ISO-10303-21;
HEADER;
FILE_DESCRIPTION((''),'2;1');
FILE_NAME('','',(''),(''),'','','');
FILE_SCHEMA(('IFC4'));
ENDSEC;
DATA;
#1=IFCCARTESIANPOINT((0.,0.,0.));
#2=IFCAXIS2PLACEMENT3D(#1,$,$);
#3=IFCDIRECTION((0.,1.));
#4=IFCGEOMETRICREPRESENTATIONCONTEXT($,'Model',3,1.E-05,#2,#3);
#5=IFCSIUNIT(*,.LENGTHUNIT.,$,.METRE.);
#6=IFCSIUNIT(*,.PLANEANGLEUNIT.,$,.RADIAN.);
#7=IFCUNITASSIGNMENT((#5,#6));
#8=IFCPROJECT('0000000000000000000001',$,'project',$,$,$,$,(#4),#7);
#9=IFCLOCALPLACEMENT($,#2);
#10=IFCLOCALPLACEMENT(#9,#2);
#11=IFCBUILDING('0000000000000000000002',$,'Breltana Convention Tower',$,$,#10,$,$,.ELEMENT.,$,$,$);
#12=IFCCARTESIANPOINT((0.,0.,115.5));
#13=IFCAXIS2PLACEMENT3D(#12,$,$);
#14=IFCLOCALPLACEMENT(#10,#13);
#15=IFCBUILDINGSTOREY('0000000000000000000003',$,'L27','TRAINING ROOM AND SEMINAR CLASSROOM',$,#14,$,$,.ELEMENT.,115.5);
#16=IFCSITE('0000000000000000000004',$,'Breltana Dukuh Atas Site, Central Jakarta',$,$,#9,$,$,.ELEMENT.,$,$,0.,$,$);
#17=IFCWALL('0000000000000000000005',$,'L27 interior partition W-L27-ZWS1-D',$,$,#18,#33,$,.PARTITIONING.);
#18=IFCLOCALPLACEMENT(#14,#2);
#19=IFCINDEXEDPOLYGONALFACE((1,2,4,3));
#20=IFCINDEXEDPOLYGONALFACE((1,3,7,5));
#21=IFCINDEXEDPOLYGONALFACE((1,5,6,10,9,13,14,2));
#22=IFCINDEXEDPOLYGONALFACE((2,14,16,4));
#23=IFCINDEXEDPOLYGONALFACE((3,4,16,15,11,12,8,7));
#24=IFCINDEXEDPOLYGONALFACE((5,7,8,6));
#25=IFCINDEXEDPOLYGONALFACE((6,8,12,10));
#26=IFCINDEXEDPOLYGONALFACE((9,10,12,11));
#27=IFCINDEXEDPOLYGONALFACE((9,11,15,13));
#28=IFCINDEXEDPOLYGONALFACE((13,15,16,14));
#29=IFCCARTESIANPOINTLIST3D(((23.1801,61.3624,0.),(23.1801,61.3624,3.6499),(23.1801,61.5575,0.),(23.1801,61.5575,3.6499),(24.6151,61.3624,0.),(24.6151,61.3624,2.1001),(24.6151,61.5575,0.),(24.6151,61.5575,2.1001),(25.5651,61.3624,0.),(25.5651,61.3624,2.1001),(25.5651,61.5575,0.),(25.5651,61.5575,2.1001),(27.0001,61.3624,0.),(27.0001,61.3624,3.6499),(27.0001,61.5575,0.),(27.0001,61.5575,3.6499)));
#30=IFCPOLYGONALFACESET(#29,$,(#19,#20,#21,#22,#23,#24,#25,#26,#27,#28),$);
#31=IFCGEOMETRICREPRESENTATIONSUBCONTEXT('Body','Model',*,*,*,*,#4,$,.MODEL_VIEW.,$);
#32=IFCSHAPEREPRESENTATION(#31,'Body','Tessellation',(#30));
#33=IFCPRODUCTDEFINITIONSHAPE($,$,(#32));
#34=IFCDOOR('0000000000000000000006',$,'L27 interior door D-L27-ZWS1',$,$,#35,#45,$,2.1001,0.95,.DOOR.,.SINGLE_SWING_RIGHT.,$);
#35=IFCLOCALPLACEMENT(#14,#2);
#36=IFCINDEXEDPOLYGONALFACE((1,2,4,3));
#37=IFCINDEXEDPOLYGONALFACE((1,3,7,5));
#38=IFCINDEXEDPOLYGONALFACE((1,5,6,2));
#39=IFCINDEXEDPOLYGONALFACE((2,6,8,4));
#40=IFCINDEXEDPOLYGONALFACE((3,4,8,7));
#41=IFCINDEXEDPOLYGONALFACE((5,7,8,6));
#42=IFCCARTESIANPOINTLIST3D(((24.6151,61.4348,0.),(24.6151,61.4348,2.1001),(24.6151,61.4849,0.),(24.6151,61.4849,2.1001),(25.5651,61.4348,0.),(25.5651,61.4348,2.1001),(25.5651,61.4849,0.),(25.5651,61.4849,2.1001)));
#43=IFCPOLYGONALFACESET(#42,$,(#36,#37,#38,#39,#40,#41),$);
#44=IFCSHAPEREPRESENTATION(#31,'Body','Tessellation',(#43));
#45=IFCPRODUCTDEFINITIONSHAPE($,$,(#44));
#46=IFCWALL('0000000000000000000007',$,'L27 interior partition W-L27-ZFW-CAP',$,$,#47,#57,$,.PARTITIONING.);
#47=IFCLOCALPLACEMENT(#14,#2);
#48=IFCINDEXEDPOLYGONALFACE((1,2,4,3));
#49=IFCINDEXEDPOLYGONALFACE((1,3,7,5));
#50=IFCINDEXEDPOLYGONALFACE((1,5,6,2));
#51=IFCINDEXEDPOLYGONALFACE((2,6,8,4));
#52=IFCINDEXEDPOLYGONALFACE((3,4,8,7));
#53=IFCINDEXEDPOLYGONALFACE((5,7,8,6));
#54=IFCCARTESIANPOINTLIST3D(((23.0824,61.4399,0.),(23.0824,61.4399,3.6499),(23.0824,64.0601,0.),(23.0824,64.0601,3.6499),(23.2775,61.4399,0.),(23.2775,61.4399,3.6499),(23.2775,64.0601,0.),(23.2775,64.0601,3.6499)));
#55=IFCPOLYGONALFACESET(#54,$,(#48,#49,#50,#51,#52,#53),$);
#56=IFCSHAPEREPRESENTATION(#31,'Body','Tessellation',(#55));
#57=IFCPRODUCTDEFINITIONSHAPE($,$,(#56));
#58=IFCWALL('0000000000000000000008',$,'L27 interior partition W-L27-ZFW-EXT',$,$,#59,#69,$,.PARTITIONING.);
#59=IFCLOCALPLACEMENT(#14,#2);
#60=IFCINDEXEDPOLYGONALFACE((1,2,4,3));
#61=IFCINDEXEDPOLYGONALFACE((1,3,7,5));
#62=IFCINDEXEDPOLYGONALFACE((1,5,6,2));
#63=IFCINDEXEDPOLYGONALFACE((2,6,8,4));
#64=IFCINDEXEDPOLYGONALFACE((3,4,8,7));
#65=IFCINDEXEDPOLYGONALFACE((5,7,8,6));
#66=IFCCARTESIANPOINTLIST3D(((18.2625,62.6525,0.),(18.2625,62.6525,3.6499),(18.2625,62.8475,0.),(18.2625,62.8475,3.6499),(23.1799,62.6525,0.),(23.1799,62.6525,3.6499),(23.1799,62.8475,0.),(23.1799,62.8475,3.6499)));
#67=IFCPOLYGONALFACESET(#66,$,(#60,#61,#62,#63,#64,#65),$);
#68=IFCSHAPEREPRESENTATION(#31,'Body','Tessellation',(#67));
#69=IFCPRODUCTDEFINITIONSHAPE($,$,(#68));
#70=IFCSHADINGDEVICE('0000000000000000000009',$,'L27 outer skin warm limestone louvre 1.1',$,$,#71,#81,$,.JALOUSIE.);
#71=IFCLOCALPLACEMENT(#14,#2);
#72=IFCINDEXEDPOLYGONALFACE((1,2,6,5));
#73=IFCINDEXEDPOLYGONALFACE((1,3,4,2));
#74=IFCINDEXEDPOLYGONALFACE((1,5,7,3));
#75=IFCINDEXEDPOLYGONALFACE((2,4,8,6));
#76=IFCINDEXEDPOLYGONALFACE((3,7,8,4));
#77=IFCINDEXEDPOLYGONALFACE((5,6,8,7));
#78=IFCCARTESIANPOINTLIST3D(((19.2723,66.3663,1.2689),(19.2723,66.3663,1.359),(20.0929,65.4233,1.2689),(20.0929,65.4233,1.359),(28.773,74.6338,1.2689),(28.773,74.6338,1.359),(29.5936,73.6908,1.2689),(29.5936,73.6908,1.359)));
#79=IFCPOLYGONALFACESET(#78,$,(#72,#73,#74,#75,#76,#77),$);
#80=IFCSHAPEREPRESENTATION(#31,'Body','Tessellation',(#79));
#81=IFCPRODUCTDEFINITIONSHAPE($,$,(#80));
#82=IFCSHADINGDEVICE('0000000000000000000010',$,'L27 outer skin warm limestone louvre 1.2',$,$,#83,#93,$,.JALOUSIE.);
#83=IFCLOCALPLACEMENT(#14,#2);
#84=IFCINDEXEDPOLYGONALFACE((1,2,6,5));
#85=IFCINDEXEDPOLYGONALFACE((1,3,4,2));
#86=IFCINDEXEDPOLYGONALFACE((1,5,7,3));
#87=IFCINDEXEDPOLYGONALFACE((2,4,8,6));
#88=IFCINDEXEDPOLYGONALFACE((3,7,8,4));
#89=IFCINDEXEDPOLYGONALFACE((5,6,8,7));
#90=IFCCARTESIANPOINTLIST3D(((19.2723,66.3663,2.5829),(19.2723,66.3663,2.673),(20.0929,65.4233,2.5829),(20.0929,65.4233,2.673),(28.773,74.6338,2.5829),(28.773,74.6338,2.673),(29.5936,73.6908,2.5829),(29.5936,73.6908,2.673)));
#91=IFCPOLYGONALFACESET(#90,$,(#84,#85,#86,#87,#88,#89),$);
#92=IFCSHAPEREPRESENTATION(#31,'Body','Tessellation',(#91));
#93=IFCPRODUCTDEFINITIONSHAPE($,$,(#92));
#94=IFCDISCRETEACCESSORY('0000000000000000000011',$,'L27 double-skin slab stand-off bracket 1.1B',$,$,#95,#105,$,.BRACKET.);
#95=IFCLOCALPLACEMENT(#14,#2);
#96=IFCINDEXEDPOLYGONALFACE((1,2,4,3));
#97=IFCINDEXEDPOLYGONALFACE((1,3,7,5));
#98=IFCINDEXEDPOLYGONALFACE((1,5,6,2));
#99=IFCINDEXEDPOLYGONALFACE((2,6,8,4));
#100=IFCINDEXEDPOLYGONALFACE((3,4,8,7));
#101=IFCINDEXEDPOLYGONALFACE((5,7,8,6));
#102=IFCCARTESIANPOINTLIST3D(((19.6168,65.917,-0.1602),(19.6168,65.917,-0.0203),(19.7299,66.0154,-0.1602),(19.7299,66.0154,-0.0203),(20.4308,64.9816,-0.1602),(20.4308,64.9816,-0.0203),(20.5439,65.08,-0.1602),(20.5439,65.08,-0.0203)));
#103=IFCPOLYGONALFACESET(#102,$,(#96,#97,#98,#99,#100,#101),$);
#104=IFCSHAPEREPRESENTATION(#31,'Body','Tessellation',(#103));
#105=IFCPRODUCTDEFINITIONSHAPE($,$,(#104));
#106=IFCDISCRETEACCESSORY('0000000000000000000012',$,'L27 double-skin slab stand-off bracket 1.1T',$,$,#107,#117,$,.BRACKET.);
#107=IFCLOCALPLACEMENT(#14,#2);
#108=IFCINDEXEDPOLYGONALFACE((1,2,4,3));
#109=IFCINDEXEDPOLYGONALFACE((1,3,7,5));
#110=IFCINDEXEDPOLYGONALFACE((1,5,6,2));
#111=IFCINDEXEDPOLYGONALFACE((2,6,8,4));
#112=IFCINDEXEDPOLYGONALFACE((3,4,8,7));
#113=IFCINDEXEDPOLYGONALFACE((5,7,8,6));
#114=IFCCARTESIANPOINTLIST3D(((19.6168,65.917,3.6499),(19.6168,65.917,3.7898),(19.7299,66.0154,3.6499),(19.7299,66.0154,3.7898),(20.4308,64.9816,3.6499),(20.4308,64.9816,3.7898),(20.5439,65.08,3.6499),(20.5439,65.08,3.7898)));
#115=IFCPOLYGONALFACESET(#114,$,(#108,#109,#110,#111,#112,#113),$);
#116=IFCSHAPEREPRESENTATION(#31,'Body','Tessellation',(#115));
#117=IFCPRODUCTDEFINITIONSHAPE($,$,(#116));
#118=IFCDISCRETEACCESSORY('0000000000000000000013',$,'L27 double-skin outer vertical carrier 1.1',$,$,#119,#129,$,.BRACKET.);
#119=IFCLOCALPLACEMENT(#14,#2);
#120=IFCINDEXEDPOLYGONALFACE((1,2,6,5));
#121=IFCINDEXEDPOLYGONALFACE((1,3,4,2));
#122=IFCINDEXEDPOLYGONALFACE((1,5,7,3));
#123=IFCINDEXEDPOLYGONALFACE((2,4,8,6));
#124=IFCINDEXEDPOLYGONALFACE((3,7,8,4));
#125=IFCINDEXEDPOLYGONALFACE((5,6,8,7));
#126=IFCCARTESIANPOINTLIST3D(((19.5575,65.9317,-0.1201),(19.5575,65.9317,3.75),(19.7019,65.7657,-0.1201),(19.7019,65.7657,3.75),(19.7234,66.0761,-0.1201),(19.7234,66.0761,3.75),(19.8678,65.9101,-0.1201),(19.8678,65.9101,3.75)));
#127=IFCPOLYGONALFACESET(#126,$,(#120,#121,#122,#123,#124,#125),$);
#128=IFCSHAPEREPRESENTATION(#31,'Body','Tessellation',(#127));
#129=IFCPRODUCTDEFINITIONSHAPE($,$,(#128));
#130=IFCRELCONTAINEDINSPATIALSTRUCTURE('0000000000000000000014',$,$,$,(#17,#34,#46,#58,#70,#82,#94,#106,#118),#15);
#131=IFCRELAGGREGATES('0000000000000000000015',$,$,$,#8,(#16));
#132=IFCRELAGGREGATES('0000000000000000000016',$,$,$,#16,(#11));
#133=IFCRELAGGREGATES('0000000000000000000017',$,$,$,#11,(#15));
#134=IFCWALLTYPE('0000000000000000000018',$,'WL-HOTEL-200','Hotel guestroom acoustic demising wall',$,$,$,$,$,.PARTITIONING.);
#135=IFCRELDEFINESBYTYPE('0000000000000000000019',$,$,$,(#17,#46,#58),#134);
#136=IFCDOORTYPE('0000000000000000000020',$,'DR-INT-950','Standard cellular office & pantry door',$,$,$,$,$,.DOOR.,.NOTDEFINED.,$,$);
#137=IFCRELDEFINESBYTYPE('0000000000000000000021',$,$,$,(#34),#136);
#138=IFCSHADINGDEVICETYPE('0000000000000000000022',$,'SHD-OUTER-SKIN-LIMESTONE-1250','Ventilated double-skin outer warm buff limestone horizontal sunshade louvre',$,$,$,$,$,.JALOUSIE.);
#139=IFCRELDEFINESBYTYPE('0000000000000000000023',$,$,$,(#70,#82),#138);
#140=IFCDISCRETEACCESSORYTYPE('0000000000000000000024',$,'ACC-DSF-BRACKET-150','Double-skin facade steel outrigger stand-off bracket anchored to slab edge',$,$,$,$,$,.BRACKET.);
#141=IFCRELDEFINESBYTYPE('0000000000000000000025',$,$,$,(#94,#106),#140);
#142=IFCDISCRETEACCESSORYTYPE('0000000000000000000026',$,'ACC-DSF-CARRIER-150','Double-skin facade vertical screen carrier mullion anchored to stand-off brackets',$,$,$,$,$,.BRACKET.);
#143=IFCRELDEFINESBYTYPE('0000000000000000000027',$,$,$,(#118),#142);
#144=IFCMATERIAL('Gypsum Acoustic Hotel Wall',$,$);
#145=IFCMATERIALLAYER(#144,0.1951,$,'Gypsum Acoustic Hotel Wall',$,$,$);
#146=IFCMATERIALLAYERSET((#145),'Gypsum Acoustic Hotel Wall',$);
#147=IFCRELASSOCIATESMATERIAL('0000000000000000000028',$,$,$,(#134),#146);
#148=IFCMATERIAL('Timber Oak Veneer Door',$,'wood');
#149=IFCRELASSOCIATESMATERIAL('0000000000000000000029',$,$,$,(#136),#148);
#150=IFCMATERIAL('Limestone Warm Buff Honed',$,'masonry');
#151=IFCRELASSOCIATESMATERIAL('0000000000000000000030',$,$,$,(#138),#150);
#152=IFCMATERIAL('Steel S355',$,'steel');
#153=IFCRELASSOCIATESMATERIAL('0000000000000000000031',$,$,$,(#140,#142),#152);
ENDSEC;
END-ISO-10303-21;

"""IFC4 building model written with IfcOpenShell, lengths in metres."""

from ifc_helpers import new_model, si_unit, direction, frame, frame_2d, origin, origin_2d, place, context, subcontext, project, spatial, rectangle, extrude, source, transform, mapped, material, layer, layer_set, material_profile, profile_set, type_object, type_shapes, element, fill, save


model = new_model("IFC4")

# Units and contexts
model_context = context("Model", 3, precision=1e-05, world=origin(), true_north=direction((0.0, 1.0)))
body_context = subcontext(model_context, "Body", "Model", "MODEL_VIEW")
ifc_project = project(units=[si_unit("LENGTHUNIT", "METRE"), si_unit("PLANEANGLEUNIT", "RADIAN")], contexts=[model_context])

# Site, building, storey
site_placement = place(None, origin())
site = spatial("IfcSite", under=ifc_project, at=site_placement, Name="Breltana Dukuh Atas Site, Central Jakarta", CompositionType="ELEMENT", RefElevation=0.0)
building_placement = place(site_placement, origin())
building = spatial("IfcBuilding", under=site, at=building_placement, Name="Breltana Convention Tower", CompositionType="ELEMENT")
storey_placement = place(building_placement, frame((0.0, 0.0, 115.5)))
storey = spatial("IfcBuildingStorey", under=building, at=storey_placement, Name="L27", Description="TRAINING ROOM AND SEMINAR CLASSROOM", CompositionType="ELEMENT", Elevation=115.5)

# Wall, opening, door
ifc_material_1 = material(Name="Gypsum Acoustic Hotel Wall")
ifc_layer_1 = layer(ifc_material_1, 0.1951, Name="Gypsum Acoustic Hotel Wall")
ifc_layer_set_1 = layer_set([ifc_layer_1], Name="Gypsum Acoustic Hotel Wall")
wall_type_1 = type_object("IfcWallType", Name="WL-HOTEL-200", Description="Hotel guestroom acoustic demising wall", PredefinedType="PARTITIONING", material=ifc_layer_set_1)
shared_shape_1 = source(origin(), body_context, "Body", "SweptSolid", [
    extrude(rectangle(XDim=3.8201, YDim=0.1951, at=frame_2d((1.9102, 0.0))), origin(), (0.0, 0.0, 1.0), 3.6499),
])
wall_1_placement = place(storey_placement, frame((23.1799, 61.46, 0.0), z_axis=(0.0, 0.0, 1.0), x_axis=(1.0, 0.0, 0.0)))
wall_1 = element("IfcWall", 1, at=wall_1_placement, inside=storey, type_object=wall_type_1, Name="L27 interior partition W-L27-ZWS1-D", PredefinedType="PARTITIONING", context=body_context, shape_type="MappedRepresentation", body=[
    mapped(shared_shape_1, transform((0.0, 0.0, 0.0), scale=1.0)),
])
opening_placement = place(wall_1_placement, frame((1.4351, 0.0, 0.0)))
opening = element("IfcOpeningElement", 2, at=opening_placement, cuts=wall_1, PredefinedType="OPENING", context=body_context, shape_type="SweptSolid", body=[
    extrude(rectangle(XDim=0.95, YDim=2.1001, at=frame_2d((0.4751, 1.05))), frame((0.0, 0.1074, 0.0), z_axis=(0.0, -1.0, 0.0), x_axis=(1.0, 0.0, 0.0)), (0.0, 0.0, 1.0), 0.2151),
])
ifc_material_2 = material(Name="Timber Oak Veneer Door", Category="wood")
door_type = type_object("IfcDoorType", Name="DR-INT-950", Description="Standard cellular office & pantry door", OperationType="NOTDEFINED", PredefinedType="DOOR", material=ifc_material_2)
shared_shape_2 = source(origin(), body_context, "Body", "SweptSolid", [
    extrude(rectangle(XDim=0.95, YDim=2.1001, at=frame_2d((0.4751, 1.05))), frame((0.0, 0.0249, 0.0), z_axis=(0.0, -1.0, 0.0), x_axis=(1.0, 0.0, 0.0)), (0.0, 0.0, 1.0), 0.05),
])
type_shapes(door_type, [shared_shape_2])
door_placement = place(opening_placement, origin())
door = element("IfcDoor", 3, at=door_placement, inside=storey, type_object=door_type, Name="L27 interior door D-L27-ZWS1", OperationType="SINGLE_SWING_RIGHT", OverallHeight=2.1001, OverallWidth=0.95, PredefinedType="DOOR", context=body_context, shape_type="MappedRepresentation", body=[
    mapped(shared_shape_2, transform((0.0, 0.0, 0.0), scale=1.0)),
])
fill(opening, door)

# Walls
shared_shape_3 = source(origin(), body_context, "Body", "SweptSolid", [
    extrude(rectangle(XDim=2.6201, YDim=0.1951, at=frame_2d((1.3101, 0.0))), origin(), (0.0, 0.0, 1.0), 3.6499),
])
wall_2_placement = place(storey_placement, frame((23.1799, 61.4399, 0.0), z_axis=(0.0, 0.0, 1.0), x_axis=(0.0, 1.0, 0.0)))
element("IfcWall", 4, at=wall_2_placement, inside=storey, type_object=wall_type_1, Name="L27 interior partition W-L27-ZFW-CAP", PredefinedType="PARTITIONING", context=body_context, shape_type="MappedRepresentation", body=[
    mapped(shared_shape_3, transform((0.0, 0.0, 0.0), scale=1.0)),
])
shared_shape_4 = source(origin(), body_context, "Body", "SweptSolid", [
    extrude(rectangle(XDim=4.9175, YDim=0.1951, at=frame_2d((2.4587, 0.0))), origin(), (0.0, 0.0, 1.0), 3.6499),
])
wall_3_placement = place(storey_placement, frame((18.2625, 62.75, 0.0), z_axis=(0.0, 0.0, 1.0), x_axis=(1.0, 0.0, 0.0)))
element("IfcWall", 5, at=wall_3_placement, inside=storey, type_object=wall_type_1, Name="L27 interior partition W-L27-ZFW-EXT", PredefinedType="PARTITIONING", context=body_context, shape_type="MappedRepresentation", body=[
    mapped(shared_shape_4, transform((0.0, 0.0, 0.0), scale=1.0)),
])

# Shading devices
ifc_material_3 = material(Name="Limestone Warm Buff Honed", Category="masonry")
ifc_material_profile_1 = material_profile(ifc_material_3, rectangle(XDim=1.25, YDim=0.0901, at=origin_2d()), Name="STN-LVR-1250X90")
ifc_profile_set_1 = profile_set([ifc_material_profile_1], Name="Limestone Warm Buff Honed")
shading_device_type = type_object("IfcShadingDeviceType", Name="SHD-OUTER-SKIN-LIMESTONE-1250", Description="Ventilated double-skin outer warm buff limestone horizontal sunshade louvre", PredefinedType="JALOUSIE", material=ifc_profile_set_1)
shared_shape_5 = source(origin(), body_context, "Body", "SweptSolid", [
    extrude(rectangle(XDim=1.25, YDim=0.0901, at=origin_2d()), origin(), (0.0, 0.0, 1.0), 12.5942),
])
for number, where, z_axis, x_axis, name in (
    (6, (19.6826, 65.8948, 1.314), (0.754367, 0.656453, 0.0), (-0.656453, 0.754367, 0.0), "L27 outer skin warm limestone louvre 1.1"),
    (7, (19.6826, 65.8948, 2.6279), (0.754367, 0.656453, 0.0), (-0.656453, 0.754367, 0.0), "L27 outer skin warm limestone louvre 1.2"),
):
    element("IfcShadingDevice", number, at=place(storey_placement, frame(where, z_axis=z_axis, x_axis=x_axis)), inside=storey, type_object=shading_device_type, Name=name, PredefinedType="JALOUSIE", context=body_context, shape_type="MappedRepresentation", body=[
        mapped(shared_shape_5, transform((0.0, 0.0, 0.0), scale=1.0)),
    ])

# Discrete accessories
ifc_material_4 = material(Name="Steel S355", Category="steel")
discrete_accessory_type_1 = type_object("IfcDiscreteAccessoryType", Name="ACC-DSF-BRACKET-150", Description="Double-skin facade steel outrigger stand-off bracket anchored to slab edge", PredefinedType="BRACKET", material=ifc_material_4)
shared_shape_6 = source(origin(), body_context, "Body", "SweptSolid", [
    extrude(rectangle(XDim=1.24, YDim=0.1499, at=origin_2d()), origin(), (0.0, 0.0, 1.0), 0.1399),
])
type_shapes(discrete_accessory_type_1, [shared_shape_6])
for number, where, z_axis, x_axis, name in (
    (8, (20.0803, 65.4985, -0.1602), (0.0, 0.0, 1.0), (-0.656454, 0.754366, 0.0), "L27 double-skin slab stand-off bracket 1.1B"),
    (9, (20.0803, 65.4985, 3.6499), (0.0, 0.0, 1.0), (-0.656454, 0.754366, 0.0), "L27 double-skin slab stand-off bracket 1.1T"),
):
    element("IfcDiscreteAccessory", number, at=place(storey_placement, frame(where, z_axis=z_axis, x_axis=x_axis)), inside=storey, type_object=discrete_accessory_type_1, Name=name, PredefinedType="BRACKET", context=body_context, shape_type="MappedRepresentation", body=[
        mapped(shared_shape_6, transform((0.0, 0.0, 0.0), scale=1.0)),
    ])
discrete_accessory_type_2 = type_object("IfcDiscreteAccessoryType", Name="ACC-DSF-CARRIER-150", Description="Double-skin facade vertical screen carrier mullion anchored to stand-off brackets", PredefinedType="BRACKET", material=ifc_material_4)
shared_shape_7 = source(origin(), body_context, "Body", "SweptSolid", [
    extrude(rectangle(XDim=0.22, YDim=0.22, at=origin_2d()), origin(), (0.0, 0.0, 1.0), 3.8701),
])
discrete_accessory_placement = place(storey_placement, frame((19.7126, 65.9209, -0.1201), z_axis=(0.0, 0.0, 1.0), x_axis=(-0.656454, 0.754366, 0.0)))
element("IfcDiscreteAccessory", 10, at=discrete_accessory_placement, inside=storey, type_object=discrete_accessory_type_2, Name="L27 double-skin outer vertical carrier 1.1", PredefinedType="BRACKET", context=body_context, shape_type="MappedRepresentation", body=[
    mapped(shared_shape_7, transform((0.0, 0.0, 0.0), scale=1.0)),
])

save(model, "model.ifc")
